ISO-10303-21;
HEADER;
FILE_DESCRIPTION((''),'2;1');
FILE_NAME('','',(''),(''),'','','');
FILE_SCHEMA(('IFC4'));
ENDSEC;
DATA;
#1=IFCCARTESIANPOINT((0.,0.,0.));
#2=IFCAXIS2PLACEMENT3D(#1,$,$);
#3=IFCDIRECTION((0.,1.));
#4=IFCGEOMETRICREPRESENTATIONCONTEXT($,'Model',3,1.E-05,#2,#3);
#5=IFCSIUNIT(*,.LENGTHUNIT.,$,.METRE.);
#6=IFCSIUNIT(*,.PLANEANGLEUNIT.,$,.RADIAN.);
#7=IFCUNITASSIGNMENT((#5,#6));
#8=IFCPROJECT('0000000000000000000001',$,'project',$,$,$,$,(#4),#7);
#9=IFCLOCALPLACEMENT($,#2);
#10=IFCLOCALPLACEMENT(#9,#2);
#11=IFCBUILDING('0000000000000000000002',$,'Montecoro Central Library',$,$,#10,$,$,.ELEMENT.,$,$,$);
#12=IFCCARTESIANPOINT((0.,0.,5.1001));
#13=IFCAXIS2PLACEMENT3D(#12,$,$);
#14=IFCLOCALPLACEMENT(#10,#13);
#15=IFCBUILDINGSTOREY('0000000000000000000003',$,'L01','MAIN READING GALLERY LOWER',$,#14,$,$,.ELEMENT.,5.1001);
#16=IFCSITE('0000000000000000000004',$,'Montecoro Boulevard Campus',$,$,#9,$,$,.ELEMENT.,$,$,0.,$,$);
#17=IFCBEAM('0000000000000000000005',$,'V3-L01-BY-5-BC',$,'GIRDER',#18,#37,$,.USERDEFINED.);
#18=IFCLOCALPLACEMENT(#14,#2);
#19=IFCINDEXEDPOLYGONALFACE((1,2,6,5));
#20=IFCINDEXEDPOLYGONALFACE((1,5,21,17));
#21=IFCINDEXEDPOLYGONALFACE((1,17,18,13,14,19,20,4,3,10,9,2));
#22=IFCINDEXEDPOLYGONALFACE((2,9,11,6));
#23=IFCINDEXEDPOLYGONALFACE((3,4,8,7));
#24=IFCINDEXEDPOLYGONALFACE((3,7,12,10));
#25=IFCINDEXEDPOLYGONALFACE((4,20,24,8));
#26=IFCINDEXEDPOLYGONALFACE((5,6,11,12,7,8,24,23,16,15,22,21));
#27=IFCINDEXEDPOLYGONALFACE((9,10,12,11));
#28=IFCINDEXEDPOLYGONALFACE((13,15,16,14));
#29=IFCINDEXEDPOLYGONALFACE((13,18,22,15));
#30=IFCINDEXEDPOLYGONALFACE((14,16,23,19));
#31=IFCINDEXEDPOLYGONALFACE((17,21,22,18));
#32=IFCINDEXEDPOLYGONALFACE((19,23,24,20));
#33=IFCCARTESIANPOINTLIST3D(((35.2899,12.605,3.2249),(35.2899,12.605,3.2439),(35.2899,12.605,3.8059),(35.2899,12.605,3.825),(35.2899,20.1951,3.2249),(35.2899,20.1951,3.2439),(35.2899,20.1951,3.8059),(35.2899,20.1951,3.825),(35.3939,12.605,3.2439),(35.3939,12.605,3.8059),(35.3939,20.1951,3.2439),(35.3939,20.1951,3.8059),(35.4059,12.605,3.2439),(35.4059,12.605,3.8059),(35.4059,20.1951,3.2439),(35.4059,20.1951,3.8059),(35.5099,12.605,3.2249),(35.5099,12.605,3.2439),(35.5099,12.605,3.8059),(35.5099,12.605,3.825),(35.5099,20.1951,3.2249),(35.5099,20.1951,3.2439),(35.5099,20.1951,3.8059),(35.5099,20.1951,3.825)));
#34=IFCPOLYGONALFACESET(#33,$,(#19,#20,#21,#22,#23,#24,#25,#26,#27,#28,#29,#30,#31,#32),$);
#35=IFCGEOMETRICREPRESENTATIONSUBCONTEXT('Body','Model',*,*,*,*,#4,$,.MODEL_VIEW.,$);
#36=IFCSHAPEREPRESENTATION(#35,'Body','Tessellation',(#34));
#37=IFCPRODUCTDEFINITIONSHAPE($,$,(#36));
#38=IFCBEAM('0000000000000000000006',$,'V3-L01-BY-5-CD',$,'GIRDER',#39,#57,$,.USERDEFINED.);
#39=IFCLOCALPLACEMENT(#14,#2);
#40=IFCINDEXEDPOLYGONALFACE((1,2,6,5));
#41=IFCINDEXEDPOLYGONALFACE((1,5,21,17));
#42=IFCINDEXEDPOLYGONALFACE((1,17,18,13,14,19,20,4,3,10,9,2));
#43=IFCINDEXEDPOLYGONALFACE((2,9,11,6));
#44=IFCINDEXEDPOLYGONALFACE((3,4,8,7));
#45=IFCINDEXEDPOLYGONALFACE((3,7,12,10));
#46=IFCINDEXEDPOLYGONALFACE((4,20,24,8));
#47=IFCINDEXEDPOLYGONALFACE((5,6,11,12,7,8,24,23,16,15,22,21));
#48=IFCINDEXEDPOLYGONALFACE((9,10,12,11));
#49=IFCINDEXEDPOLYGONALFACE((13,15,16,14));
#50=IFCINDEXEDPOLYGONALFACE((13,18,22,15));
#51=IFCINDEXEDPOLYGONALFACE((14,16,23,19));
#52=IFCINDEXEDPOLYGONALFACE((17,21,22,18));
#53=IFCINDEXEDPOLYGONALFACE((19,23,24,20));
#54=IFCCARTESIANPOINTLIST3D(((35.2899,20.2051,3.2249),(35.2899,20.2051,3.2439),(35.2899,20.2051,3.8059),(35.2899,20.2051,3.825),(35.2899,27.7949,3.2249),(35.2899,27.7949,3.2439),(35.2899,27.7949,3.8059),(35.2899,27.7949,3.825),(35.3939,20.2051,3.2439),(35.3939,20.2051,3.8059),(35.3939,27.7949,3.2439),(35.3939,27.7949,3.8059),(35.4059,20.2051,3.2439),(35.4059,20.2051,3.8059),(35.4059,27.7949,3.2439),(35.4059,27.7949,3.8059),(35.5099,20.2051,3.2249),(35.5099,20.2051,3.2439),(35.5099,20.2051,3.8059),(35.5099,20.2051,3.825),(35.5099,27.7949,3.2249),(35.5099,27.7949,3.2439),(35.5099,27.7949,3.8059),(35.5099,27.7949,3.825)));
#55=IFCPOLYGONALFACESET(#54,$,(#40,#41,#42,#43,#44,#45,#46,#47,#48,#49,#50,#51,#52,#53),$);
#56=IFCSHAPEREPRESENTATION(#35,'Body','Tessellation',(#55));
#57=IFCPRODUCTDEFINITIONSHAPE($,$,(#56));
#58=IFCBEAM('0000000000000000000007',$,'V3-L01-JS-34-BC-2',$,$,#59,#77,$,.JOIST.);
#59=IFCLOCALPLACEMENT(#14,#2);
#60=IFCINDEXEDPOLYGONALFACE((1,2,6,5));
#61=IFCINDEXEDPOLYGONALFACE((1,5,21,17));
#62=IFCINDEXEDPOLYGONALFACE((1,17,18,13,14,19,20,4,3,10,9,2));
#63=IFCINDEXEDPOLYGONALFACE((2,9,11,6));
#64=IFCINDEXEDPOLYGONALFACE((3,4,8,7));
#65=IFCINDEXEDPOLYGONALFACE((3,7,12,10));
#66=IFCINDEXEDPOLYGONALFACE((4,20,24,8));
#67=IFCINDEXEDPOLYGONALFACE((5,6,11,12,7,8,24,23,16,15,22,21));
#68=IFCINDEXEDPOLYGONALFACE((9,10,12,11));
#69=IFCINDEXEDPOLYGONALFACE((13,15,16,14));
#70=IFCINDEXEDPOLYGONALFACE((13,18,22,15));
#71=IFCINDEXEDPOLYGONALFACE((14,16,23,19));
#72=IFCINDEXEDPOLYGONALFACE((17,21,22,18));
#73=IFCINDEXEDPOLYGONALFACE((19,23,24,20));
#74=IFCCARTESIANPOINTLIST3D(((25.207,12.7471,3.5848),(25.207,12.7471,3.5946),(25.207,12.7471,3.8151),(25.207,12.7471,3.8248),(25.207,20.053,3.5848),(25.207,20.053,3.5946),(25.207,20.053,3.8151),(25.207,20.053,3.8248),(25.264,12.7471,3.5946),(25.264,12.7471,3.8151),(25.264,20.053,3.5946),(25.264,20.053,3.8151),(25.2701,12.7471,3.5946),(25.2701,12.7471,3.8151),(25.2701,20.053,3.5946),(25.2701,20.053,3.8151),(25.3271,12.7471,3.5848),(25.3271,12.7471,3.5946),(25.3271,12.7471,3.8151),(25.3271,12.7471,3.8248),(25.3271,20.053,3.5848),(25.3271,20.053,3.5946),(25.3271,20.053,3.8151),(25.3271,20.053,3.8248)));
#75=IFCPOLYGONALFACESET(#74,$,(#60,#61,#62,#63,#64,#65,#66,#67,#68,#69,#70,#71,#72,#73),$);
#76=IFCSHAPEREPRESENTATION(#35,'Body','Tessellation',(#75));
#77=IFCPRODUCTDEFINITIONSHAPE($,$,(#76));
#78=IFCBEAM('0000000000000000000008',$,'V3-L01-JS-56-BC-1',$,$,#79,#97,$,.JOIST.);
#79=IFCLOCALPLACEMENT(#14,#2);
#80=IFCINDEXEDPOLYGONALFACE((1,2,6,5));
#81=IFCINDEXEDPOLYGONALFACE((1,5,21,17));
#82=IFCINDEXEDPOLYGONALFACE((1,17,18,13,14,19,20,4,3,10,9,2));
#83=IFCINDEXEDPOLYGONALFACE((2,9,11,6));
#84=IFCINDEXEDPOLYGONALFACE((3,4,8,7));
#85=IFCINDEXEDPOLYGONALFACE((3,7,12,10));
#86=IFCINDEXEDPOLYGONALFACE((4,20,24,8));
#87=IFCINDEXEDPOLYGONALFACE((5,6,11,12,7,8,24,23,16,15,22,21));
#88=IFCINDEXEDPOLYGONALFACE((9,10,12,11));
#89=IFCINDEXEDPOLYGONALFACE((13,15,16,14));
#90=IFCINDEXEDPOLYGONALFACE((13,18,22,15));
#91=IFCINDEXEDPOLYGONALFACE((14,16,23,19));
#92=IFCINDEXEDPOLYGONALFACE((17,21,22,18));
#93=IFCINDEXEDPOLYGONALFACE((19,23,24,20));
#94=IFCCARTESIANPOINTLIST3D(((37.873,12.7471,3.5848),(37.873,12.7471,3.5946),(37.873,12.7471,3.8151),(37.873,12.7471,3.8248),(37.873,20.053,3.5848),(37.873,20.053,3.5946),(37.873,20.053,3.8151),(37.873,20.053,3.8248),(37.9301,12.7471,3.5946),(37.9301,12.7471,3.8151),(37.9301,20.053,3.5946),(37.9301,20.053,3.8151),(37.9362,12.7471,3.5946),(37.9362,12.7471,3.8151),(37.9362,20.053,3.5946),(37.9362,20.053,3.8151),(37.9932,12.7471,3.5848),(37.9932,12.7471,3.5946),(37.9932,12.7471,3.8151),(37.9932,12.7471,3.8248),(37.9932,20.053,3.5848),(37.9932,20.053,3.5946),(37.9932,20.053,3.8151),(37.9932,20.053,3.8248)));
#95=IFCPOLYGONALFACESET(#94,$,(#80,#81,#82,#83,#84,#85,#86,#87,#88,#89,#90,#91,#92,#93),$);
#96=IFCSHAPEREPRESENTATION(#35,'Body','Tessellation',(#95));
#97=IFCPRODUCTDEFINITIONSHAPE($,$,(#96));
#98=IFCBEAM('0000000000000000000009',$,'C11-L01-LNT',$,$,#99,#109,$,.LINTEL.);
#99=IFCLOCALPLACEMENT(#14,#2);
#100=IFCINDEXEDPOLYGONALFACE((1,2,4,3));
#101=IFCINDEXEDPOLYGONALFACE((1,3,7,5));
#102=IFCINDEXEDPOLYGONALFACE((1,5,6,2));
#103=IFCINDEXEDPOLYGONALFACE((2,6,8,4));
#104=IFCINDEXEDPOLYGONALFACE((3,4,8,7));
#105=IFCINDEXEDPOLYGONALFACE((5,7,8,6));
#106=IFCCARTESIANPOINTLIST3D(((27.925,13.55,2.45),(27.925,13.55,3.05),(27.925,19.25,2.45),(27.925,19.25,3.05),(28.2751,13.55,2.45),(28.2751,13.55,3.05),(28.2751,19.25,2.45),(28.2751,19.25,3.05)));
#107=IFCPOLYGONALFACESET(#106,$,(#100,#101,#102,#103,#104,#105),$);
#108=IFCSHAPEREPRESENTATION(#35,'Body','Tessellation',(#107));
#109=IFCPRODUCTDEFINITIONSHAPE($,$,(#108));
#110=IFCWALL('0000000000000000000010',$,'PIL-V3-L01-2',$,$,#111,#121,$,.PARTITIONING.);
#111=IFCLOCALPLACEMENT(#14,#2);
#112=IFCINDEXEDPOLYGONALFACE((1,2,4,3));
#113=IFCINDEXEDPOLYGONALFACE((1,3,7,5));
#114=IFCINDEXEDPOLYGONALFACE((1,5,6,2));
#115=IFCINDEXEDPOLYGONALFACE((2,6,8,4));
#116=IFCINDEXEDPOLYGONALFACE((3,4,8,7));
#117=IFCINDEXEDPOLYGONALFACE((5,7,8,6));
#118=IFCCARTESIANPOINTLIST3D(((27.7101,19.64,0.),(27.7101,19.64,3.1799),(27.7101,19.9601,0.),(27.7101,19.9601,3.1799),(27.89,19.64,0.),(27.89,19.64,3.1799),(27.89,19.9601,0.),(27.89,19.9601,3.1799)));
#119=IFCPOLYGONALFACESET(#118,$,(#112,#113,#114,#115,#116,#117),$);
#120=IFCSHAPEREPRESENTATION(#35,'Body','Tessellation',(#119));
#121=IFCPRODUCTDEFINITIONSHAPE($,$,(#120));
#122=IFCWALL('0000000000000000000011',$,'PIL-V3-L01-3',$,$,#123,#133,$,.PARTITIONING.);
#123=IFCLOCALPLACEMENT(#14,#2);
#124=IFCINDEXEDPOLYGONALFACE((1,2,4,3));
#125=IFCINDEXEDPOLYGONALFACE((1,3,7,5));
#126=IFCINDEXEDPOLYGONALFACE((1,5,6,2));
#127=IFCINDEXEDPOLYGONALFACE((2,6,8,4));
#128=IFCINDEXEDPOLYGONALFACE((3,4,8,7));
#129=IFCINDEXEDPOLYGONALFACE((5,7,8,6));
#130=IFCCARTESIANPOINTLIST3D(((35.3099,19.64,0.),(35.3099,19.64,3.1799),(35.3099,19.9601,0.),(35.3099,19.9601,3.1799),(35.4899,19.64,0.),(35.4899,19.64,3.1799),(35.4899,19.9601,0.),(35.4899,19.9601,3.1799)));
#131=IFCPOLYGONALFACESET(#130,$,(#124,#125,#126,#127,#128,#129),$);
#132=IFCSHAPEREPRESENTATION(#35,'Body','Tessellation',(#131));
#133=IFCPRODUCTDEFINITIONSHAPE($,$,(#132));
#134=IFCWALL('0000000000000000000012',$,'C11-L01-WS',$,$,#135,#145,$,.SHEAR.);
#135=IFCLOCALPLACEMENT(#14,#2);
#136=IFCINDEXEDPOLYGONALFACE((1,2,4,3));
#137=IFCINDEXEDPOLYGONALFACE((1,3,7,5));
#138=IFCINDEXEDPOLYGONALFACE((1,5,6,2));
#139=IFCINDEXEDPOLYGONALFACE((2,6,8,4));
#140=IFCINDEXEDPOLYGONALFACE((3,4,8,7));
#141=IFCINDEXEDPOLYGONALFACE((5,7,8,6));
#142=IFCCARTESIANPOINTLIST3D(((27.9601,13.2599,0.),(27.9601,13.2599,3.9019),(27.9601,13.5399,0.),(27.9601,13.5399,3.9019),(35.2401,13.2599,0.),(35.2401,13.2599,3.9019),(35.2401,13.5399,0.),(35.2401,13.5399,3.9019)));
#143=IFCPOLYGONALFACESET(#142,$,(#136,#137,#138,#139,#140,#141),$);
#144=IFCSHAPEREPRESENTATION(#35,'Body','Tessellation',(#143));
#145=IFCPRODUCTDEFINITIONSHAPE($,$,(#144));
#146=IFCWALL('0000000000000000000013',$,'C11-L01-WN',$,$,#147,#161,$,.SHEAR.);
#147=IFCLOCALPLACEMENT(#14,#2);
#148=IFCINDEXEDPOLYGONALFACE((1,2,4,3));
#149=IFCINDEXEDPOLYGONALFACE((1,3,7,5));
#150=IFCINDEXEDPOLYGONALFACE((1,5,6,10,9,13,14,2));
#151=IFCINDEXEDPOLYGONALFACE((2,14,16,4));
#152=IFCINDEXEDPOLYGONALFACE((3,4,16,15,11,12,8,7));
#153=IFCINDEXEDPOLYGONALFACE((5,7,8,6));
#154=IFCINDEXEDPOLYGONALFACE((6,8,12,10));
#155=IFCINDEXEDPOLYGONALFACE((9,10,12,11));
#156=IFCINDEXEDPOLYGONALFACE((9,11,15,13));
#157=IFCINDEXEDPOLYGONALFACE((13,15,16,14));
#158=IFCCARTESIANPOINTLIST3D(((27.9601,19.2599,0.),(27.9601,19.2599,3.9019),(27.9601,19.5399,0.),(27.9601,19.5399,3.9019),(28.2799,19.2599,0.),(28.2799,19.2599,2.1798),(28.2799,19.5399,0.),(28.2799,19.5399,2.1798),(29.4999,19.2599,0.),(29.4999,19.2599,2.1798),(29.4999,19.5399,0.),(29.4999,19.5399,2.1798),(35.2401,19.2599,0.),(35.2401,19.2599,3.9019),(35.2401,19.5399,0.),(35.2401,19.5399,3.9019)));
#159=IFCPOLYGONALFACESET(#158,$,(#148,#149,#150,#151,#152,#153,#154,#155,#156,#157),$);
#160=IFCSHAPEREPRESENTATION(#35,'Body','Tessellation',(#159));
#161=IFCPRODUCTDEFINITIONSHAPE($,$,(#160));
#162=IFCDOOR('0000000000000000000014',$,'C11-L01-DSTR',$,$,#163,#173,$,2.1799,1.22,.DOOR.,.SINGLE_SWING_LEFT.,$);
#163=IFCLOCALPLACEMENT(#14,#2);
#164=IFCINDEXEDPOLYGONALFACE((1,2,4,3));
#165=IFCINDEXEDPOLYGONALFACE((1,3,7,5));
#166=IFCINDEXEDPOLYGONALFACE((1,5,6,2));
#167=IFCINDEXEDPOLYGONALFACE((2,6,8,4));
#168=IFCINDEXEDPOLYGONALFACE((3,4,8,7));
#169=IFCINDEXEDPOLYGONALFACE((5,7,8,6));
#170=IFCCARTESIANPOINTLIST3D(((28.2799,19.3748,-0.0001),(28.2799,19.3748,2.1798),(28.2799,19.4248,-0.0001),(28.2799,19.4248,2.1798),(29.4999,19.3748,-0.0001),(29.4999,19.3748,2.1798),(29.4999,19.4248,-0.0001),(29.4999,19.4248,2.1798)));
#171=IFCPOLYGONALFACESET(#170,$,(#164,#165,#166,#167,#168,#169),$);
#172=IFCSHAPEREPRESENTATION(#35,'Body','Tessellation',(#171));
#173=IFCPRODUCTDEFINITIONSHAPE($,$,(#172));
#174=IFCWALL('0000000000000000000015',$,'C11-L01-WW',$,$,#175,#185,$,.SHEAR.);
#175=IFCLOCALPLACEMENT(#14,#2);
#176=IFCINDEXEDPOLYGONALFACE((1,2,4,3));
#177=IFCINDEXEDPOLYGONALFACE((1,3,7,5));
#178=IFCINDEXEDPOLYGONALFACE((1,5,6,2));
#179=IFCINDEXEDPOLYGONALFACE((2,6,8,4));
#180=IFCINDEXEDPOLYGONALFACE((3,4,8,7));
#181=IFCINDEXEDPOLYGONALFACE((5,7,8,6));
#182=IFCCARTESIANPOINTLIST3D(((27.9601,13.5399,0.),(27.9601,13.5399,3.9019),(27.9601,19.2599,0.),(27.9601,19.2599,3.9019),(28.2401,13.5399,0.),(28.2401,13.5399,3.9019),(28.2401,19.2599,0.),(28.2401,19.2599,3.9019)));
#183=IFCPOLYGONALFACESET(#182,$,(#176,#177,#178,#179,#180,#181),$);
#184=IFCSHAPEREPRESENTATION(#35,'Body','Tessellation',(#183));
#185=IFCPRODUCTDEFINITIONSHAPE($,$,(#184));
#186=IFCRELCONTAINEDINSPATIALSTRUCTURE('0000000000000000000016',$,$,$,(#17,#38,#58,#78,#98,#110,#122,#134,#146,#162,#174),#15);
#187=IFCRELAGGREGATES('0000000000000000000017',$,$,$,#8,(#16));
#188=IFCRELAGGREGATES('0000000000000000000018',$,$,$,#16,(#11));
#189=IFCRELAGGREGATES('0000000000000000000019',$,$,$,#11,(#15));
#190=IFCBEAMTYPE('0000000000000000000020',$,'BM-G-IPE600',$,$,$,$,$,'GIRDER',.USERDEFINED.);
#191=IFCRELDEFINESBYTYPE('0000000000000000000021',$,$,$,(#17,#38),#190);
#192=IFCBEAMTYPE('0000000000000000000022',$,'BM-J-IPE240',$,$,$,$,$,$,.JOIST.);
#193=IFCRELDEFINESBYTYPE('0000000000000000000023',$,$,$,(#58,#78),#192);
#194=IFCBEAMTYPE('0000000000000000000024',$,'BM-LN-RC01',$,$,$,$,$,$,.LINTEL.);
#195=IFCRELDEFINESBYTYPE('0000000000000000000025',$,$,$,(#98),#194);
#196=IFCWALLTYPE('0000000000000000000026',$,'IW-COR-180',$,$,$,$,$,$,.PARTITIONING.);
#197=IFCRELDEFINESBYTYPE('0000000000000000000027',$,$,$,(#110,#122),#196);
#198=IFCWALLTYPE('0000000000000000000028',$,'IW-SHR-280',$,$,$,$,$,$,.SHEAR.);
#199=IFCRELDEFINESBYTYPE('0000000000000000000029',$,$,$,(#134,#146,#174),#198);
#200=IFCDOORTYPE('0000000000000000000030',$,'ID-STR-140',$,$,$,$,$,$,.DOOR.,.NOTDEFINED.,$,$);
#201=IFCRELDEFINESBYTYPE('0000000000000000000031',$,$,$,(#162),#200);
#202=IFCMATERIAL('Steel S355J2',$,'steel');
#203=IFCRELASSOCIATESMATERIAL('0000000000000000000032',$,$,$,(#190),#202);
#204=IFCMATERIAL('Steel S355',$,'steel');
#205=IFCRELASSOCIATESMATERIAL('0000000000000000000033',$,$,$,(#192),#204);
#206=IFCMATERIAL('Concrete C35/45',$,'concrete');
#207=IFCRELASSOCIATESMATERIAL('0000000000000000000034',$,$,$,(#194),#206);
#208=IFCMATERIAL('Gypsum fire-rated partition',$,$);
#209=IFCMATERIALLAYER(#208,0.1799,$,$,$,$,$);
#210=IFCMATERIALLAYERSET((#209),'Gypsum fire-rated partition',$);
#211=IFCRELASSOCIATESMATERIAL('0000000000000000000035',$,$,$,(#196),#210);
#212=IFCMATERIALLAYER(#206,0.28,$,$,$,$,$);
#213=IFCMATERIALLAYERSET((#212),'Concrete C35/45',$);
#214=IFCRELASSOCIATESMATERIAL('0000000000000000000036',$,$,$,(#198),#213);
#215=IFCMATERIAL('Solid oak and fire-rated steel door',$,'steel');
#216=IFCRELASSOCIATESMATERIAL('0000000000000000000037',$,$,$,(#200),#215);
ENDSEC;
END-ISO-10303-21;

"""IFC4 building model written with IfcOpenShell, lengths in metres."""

from ifc_helpers import new_model, si_unit, direction, frame, frame_2d, origin, origin_2d, place, context, subcontext, project, spatial, rectangle, i_section, extrude, material, layer, layer_set, material_profile, profile_set, type_object, element, fill, save


model = new_model("IFC4")

# Units and contexts
model_context = context("Model", 3, precision=1e-05, world=origin(), true_north=direction((0.0, 1.0)))
body_context = subcontext(model_context, "Body", "Model", "MODEL_VIEW")
ifc_project = project(units=[si_unit("LENGTHUNIT", "METRE"), si_unit("PLANEANGLEUNIT", "RADIAN")], contexts=[model_context])

# Site, building, storey
site_placement = place(None, origin())
site = spatial("IfcSite", under=ifc_project, at=site_placement, Name="Montecoro Boulevard Campus", CompositionType="ELEMENT", RefElevation=0.0)
building_placement = place(site_placement, origin())
building = spatial("IfcBuilding", under=site, at=building_placement, Name="Montecoro Central Library", CompositionType="ELEMENT")
storey_placement = place(building_placement, frame((0.0, 0.0, 5.1001)))
storey = spatial("IfcBuildingStorey", under=building, at=storey_placement, Name="L01", Description="MAIN READING GALLERY LOWER", CompositionType="ELEMENT", Elevation=5.1001)

# Shared definitions
ifc_material_1 = material(Name="Steel S355", Category="steel")

# Beams
ifc_material_2 = material(Name="Steel S355J2", Category="steel")
ifc_material_profile_1 = material_profile(ifc_material_2, i_section(OverallWidth=0.22, OverallDepth=0.6001, WebThickness=0.012, FlangeThickness=0.019, at=origin_2d()), Name="IPE 600")
ifc_profile_set_1 = profile_set([ifc_material_profile_1], Name="Steel S355J2")
beam_type_1 = type_object("IfcBeamType", Name="BM-G-IPE600", ElementType="GIRDER", PredefinedType="USERDEFINED", material=ifc_profile_set_1)
beam_1_placement = place(storey_placement, frame((35.3999, 12.605, 3.5249), z_axis=(0.0, 1.0, 0.0), x_axis=(-1.0, 0.0, 0.0)))
element("IfcBeam", 1, at=beam_1_placement, inside=storey, type_object=beam_type_1, Name="V3-L01-BY-5-BC", ObjectType="GIRDER", PredefinedType="USERDEFINED", context=body_context, shape_type="SweptSolid", body=[
    extrude(i_section(OverallWidth=0.22, OverallDepth=0.6001, WebThickness=0.012, FlangeThickness=0.019, at=origin_2d()), origin(), (0.0, 0.0, 1.0), 7.5901),
])
beam_2_placement = place(storey_placement, frame((35.3999, 20.2051, 3.5249), z_axis=(0.0, 1.0, 0.0), x_axis=(-1.0, 0.0, 0.0)))
element("IfcBeam", 2, at=beam_2_placement, inside=storey, type_object=beam_type_1, Name="V3-L01-BY-5-CD", ObjectType="GIRDER", PredefinedType="USERDEFINED", context=body_context, shape_type="SweptSolid", body=[
    extrude(i_section(OverallWidth=0.22, OverallDepth=0.6001, WebThickness=0.012, FlangeThickness=0.019, at=origin_2d()), origin(), (0.0, 0.0, 1.0), 7.5898),
])
ifc_material_profile_2 = material_profile(ifc_material_1, i_section(OverallWidth=0.1201, OverallDepth=0.24, WebThickness=0.0061, FlangeThickness=0.0098, at=origin_2d()), Name="IPE 240")
ifc_profile_set_2 = profile_set([ifc_material_profile_2], Name="Steel S355")
beam_type_2 = type_object("IfcBeamType", Name="BM-J-IPE240", PredefinedType="JOIST", material=ifc_profile_set_2)
for number, where, z_axis, x_axis, name in (
    (3, (25.2671, 12.7471, 3.7048), (0.0, 1.0, 0.0), (-1.0, 0.0, 0.0), "V3-L01-JS-34-BC-2"),
    (4, (37.9331, 12.7471, 3.7048), (0.0, 1.0, 0.0), (-1.0, 0.0, 0.0), "V3-L01-JS-56-BC-1"),
):
    element("IfcBeam", number, at=place(storey_placement, frame(where, z_axis=z_axis, x_axis=x_axis)), inside=storey, type_object=beam_type_2, Name=name, PredefinedType="JOIST", context=body_context, shape_type="SweptSolid", body=[
        extrude(i_section(OverallWidth=0.1201, OverallDepth=0.24, WebThickness=0.0061, FlangeThickness=0.0098, at=origin_2d()), origin(), (0.0, 0.0, 1.0), 7.3059),
    ])
ifc_material_3 = material(Name="Concrete C35/45", Category="concrete")
ifc_material_profile_3 = material_profile(ifc_material_3, rectangle(XDim=0.3501, YDim=0.6001, at=origin_2d()), Name="RC LNT 600x350")
ifc_profile_set_3 = profile_set([ifc_material_profile_3], Name="Concrete C35/45")
beam_type_3 = type_object("IfcBeamType", Name="BM-LN-RC01", PredefinedType="LINTEL", material=ifc_profile_set_3)
beam_3_placement = place(storey_placement, frame((28.1001, 13.55, 2.75), z_axis=(0.0, 1.0, 0.0), x_axis=(-1.0, 0.0, 0.0)))
element("IfcBeam", 5, at=beam_3_placement, inside=storey, type_object=beam_type_3, Name="C11-L01-LNT", PredefinedType="LINTEL", context=body_context, shape_type="SweptSolid", body=[
    extrude(rectangle(XDim=0.3501, YDim=0.6001, at=origin_2d()), origin(), (0.0, 0.0, 1.0), 5.7),
])

# Walls
ifc_material_4 = material(Name="Gypsum fire-rated partition")
ifc_layer_1 = layer(ifc_material_4, 0.1799)
ifc_layer_set_1 = layer_set([ifc_layer_1], Name="Gypsum fire-rated partition")
wall_type_1 = type_object("IfcWallType", Name="IW-COR-180", PredefinedType="PARTITIONING", material=ifc_layer_set_1)
for number, where, z_axis, x_axis, name in (
    (6, (27.8, 19.6399, 0.0), (0.0, 0.0, 1.0), (0.0, 1.0, 0.0), "PIL-V3-L01-2"),
    (7, (35.3999, 19.6399, 0.0), (0.0, 0.0, 1.0), (0.0, 1.0, 0.0), "PIL-V3-L01-3"),
):
    element("IfcWall", number, at=place(storey_placement, frame(where, z_axis=z_axis, x_axis=x_axis)), inside=storey, type_object=wall_type_1, Name=name, PredefinedType="PARTITIONING", context=body_context, shape_type="SweptSolid", body=[
        extrude(rectangle(XDim=0.3201, YDim=0.1799, at=frame_2d((0.1602, 0.0))), origin(), (0.0, 0.0, 1.0), 3.1799),
    ])
ifc_layer_2 = layer(ifc_material_3, 0.28)
ifc_layer_set_2 = layer_set([ifc_layer_2], Name="Concrete C35/45")
wall_type_2 = type_object("IfcWallType", Name="IW-SHR-280", PredefinedType="SHEAR", material=ifc_layer_set_2)
wall_1_placement = place(storey_placement, frame((27.96, 13.3999, 0.0), z_axis=(0.0, 0.0, 1.0), x_axis=(1.0, 0.0, 0.0)))
element("IfcWall", 8, at=wall_1_placement, inside=storey, type_object=wall_type_2, Name="C11-L01-WS", PredefinedType="SHEAR", context=body_context, shape_type="SweptSolid", body=[
    extrude(rectangle(XDim=7.28, YDim=0.28, at=frame_2d((3.6401, 0.0))), origin(), (0.0, 0.0, 1.0), 3.9019),
])

# Wall, opening, door
wall_2_placement = place(storey_placement, frame((27.96, 19.3999, 0.0), z_axis=(0.0, 0.0, 1.0), x_axis=(1.0, 0.0, 0.0)))
wall_2 = element("IfcWall", 9, at=wall_2_placement, inside=storey, type_object=wall_type_2, Name="C11-L01-WN", PredefinedType="SHEAR", context=body_context, shape_type="SweptSolid", body=[
    extrude(rectangle(XDim=7.28, YDim=0.28, at=frame_2d((3.6401, 0.0))), origin(), (0.0, 0.0, 1.0), 3.9019),
])
opening_placement = place(wall_2_placement, frame((0.3201, 0.0, 0.0)))
opening = element("IfcOpeningElement", 10, at=opening_placement, cuts=wall_2, PredefinedType="OPENING", context=body_context, shape_type="SweptSolid", body=[
    extrude(rectangle(XDim=1.22, YDim=2.1799, at=frame_2d((0.6099, 1.0898))), frame((0.0, 0.1499, 0.0), z_axis=(0.0, -1.0, 0.0), x_axis=(1.0, 0.0, 0.0)), (0.0, 0.0, 1.0), 0.3),
])
ifc_material_5 = material(Name="Solid oak and fire-rated steel door", Category="steel")
door_type = type_object("IfcDoorType", Name="ID-STR-140", OperationType="NOTDEFINED", PredefinedType="DOOR", material=ifc_material_5)
door_placement = place(opening_placement, origin())
door = element("IfcDoor", 11, at=door_placement, inside=storey, type_object=door_type, Name="C11-L01-DSTR", OperationType="SINGLE_SWING_LEFT", OverallHeight=2.1799, OverallWidth=1.22, PredefinedType="DOOR", context=body_context, shape_type="SweptSolid", body=[
    extrude(rectangle(XDim=1.22, YDim=2.1799, at=frame_2d((0.6099, 1.0898))), frame((0.0, 0.0249, 0.0), z_axis=(0.0, -1.0, 0.0), x_axis=(1.0, 0.0, 0.0)), (0.0, 0.0, 1.0), 0.05),
])
fill(opening, door)

# Wall
for number, where, z_axis, x_axis, name in (
    (12, (28.1001, 13.54, 0.0), (0.0, 0.0, 1.0), (0.0, 1.0, 0.0), "C11-L01-WW"),
):
    element("IfcWall", number, at=place(storey_placement, frame(where, z_axis=z_axis, x_axis=x_axis)), inside=storey, type_object=wall_type_2, Name=name, PredefinedType="SHEAR", context=body_context, shape_type="SweptSolid", body=[
        extrude(rectangle(XDim=5.72, YDim=0.28, at=frame_2d((2.8599, 0.0))), origin(), (0.0, 0.0, 1.0), 3.9019),
    ])

save(model, "model.ifc")
